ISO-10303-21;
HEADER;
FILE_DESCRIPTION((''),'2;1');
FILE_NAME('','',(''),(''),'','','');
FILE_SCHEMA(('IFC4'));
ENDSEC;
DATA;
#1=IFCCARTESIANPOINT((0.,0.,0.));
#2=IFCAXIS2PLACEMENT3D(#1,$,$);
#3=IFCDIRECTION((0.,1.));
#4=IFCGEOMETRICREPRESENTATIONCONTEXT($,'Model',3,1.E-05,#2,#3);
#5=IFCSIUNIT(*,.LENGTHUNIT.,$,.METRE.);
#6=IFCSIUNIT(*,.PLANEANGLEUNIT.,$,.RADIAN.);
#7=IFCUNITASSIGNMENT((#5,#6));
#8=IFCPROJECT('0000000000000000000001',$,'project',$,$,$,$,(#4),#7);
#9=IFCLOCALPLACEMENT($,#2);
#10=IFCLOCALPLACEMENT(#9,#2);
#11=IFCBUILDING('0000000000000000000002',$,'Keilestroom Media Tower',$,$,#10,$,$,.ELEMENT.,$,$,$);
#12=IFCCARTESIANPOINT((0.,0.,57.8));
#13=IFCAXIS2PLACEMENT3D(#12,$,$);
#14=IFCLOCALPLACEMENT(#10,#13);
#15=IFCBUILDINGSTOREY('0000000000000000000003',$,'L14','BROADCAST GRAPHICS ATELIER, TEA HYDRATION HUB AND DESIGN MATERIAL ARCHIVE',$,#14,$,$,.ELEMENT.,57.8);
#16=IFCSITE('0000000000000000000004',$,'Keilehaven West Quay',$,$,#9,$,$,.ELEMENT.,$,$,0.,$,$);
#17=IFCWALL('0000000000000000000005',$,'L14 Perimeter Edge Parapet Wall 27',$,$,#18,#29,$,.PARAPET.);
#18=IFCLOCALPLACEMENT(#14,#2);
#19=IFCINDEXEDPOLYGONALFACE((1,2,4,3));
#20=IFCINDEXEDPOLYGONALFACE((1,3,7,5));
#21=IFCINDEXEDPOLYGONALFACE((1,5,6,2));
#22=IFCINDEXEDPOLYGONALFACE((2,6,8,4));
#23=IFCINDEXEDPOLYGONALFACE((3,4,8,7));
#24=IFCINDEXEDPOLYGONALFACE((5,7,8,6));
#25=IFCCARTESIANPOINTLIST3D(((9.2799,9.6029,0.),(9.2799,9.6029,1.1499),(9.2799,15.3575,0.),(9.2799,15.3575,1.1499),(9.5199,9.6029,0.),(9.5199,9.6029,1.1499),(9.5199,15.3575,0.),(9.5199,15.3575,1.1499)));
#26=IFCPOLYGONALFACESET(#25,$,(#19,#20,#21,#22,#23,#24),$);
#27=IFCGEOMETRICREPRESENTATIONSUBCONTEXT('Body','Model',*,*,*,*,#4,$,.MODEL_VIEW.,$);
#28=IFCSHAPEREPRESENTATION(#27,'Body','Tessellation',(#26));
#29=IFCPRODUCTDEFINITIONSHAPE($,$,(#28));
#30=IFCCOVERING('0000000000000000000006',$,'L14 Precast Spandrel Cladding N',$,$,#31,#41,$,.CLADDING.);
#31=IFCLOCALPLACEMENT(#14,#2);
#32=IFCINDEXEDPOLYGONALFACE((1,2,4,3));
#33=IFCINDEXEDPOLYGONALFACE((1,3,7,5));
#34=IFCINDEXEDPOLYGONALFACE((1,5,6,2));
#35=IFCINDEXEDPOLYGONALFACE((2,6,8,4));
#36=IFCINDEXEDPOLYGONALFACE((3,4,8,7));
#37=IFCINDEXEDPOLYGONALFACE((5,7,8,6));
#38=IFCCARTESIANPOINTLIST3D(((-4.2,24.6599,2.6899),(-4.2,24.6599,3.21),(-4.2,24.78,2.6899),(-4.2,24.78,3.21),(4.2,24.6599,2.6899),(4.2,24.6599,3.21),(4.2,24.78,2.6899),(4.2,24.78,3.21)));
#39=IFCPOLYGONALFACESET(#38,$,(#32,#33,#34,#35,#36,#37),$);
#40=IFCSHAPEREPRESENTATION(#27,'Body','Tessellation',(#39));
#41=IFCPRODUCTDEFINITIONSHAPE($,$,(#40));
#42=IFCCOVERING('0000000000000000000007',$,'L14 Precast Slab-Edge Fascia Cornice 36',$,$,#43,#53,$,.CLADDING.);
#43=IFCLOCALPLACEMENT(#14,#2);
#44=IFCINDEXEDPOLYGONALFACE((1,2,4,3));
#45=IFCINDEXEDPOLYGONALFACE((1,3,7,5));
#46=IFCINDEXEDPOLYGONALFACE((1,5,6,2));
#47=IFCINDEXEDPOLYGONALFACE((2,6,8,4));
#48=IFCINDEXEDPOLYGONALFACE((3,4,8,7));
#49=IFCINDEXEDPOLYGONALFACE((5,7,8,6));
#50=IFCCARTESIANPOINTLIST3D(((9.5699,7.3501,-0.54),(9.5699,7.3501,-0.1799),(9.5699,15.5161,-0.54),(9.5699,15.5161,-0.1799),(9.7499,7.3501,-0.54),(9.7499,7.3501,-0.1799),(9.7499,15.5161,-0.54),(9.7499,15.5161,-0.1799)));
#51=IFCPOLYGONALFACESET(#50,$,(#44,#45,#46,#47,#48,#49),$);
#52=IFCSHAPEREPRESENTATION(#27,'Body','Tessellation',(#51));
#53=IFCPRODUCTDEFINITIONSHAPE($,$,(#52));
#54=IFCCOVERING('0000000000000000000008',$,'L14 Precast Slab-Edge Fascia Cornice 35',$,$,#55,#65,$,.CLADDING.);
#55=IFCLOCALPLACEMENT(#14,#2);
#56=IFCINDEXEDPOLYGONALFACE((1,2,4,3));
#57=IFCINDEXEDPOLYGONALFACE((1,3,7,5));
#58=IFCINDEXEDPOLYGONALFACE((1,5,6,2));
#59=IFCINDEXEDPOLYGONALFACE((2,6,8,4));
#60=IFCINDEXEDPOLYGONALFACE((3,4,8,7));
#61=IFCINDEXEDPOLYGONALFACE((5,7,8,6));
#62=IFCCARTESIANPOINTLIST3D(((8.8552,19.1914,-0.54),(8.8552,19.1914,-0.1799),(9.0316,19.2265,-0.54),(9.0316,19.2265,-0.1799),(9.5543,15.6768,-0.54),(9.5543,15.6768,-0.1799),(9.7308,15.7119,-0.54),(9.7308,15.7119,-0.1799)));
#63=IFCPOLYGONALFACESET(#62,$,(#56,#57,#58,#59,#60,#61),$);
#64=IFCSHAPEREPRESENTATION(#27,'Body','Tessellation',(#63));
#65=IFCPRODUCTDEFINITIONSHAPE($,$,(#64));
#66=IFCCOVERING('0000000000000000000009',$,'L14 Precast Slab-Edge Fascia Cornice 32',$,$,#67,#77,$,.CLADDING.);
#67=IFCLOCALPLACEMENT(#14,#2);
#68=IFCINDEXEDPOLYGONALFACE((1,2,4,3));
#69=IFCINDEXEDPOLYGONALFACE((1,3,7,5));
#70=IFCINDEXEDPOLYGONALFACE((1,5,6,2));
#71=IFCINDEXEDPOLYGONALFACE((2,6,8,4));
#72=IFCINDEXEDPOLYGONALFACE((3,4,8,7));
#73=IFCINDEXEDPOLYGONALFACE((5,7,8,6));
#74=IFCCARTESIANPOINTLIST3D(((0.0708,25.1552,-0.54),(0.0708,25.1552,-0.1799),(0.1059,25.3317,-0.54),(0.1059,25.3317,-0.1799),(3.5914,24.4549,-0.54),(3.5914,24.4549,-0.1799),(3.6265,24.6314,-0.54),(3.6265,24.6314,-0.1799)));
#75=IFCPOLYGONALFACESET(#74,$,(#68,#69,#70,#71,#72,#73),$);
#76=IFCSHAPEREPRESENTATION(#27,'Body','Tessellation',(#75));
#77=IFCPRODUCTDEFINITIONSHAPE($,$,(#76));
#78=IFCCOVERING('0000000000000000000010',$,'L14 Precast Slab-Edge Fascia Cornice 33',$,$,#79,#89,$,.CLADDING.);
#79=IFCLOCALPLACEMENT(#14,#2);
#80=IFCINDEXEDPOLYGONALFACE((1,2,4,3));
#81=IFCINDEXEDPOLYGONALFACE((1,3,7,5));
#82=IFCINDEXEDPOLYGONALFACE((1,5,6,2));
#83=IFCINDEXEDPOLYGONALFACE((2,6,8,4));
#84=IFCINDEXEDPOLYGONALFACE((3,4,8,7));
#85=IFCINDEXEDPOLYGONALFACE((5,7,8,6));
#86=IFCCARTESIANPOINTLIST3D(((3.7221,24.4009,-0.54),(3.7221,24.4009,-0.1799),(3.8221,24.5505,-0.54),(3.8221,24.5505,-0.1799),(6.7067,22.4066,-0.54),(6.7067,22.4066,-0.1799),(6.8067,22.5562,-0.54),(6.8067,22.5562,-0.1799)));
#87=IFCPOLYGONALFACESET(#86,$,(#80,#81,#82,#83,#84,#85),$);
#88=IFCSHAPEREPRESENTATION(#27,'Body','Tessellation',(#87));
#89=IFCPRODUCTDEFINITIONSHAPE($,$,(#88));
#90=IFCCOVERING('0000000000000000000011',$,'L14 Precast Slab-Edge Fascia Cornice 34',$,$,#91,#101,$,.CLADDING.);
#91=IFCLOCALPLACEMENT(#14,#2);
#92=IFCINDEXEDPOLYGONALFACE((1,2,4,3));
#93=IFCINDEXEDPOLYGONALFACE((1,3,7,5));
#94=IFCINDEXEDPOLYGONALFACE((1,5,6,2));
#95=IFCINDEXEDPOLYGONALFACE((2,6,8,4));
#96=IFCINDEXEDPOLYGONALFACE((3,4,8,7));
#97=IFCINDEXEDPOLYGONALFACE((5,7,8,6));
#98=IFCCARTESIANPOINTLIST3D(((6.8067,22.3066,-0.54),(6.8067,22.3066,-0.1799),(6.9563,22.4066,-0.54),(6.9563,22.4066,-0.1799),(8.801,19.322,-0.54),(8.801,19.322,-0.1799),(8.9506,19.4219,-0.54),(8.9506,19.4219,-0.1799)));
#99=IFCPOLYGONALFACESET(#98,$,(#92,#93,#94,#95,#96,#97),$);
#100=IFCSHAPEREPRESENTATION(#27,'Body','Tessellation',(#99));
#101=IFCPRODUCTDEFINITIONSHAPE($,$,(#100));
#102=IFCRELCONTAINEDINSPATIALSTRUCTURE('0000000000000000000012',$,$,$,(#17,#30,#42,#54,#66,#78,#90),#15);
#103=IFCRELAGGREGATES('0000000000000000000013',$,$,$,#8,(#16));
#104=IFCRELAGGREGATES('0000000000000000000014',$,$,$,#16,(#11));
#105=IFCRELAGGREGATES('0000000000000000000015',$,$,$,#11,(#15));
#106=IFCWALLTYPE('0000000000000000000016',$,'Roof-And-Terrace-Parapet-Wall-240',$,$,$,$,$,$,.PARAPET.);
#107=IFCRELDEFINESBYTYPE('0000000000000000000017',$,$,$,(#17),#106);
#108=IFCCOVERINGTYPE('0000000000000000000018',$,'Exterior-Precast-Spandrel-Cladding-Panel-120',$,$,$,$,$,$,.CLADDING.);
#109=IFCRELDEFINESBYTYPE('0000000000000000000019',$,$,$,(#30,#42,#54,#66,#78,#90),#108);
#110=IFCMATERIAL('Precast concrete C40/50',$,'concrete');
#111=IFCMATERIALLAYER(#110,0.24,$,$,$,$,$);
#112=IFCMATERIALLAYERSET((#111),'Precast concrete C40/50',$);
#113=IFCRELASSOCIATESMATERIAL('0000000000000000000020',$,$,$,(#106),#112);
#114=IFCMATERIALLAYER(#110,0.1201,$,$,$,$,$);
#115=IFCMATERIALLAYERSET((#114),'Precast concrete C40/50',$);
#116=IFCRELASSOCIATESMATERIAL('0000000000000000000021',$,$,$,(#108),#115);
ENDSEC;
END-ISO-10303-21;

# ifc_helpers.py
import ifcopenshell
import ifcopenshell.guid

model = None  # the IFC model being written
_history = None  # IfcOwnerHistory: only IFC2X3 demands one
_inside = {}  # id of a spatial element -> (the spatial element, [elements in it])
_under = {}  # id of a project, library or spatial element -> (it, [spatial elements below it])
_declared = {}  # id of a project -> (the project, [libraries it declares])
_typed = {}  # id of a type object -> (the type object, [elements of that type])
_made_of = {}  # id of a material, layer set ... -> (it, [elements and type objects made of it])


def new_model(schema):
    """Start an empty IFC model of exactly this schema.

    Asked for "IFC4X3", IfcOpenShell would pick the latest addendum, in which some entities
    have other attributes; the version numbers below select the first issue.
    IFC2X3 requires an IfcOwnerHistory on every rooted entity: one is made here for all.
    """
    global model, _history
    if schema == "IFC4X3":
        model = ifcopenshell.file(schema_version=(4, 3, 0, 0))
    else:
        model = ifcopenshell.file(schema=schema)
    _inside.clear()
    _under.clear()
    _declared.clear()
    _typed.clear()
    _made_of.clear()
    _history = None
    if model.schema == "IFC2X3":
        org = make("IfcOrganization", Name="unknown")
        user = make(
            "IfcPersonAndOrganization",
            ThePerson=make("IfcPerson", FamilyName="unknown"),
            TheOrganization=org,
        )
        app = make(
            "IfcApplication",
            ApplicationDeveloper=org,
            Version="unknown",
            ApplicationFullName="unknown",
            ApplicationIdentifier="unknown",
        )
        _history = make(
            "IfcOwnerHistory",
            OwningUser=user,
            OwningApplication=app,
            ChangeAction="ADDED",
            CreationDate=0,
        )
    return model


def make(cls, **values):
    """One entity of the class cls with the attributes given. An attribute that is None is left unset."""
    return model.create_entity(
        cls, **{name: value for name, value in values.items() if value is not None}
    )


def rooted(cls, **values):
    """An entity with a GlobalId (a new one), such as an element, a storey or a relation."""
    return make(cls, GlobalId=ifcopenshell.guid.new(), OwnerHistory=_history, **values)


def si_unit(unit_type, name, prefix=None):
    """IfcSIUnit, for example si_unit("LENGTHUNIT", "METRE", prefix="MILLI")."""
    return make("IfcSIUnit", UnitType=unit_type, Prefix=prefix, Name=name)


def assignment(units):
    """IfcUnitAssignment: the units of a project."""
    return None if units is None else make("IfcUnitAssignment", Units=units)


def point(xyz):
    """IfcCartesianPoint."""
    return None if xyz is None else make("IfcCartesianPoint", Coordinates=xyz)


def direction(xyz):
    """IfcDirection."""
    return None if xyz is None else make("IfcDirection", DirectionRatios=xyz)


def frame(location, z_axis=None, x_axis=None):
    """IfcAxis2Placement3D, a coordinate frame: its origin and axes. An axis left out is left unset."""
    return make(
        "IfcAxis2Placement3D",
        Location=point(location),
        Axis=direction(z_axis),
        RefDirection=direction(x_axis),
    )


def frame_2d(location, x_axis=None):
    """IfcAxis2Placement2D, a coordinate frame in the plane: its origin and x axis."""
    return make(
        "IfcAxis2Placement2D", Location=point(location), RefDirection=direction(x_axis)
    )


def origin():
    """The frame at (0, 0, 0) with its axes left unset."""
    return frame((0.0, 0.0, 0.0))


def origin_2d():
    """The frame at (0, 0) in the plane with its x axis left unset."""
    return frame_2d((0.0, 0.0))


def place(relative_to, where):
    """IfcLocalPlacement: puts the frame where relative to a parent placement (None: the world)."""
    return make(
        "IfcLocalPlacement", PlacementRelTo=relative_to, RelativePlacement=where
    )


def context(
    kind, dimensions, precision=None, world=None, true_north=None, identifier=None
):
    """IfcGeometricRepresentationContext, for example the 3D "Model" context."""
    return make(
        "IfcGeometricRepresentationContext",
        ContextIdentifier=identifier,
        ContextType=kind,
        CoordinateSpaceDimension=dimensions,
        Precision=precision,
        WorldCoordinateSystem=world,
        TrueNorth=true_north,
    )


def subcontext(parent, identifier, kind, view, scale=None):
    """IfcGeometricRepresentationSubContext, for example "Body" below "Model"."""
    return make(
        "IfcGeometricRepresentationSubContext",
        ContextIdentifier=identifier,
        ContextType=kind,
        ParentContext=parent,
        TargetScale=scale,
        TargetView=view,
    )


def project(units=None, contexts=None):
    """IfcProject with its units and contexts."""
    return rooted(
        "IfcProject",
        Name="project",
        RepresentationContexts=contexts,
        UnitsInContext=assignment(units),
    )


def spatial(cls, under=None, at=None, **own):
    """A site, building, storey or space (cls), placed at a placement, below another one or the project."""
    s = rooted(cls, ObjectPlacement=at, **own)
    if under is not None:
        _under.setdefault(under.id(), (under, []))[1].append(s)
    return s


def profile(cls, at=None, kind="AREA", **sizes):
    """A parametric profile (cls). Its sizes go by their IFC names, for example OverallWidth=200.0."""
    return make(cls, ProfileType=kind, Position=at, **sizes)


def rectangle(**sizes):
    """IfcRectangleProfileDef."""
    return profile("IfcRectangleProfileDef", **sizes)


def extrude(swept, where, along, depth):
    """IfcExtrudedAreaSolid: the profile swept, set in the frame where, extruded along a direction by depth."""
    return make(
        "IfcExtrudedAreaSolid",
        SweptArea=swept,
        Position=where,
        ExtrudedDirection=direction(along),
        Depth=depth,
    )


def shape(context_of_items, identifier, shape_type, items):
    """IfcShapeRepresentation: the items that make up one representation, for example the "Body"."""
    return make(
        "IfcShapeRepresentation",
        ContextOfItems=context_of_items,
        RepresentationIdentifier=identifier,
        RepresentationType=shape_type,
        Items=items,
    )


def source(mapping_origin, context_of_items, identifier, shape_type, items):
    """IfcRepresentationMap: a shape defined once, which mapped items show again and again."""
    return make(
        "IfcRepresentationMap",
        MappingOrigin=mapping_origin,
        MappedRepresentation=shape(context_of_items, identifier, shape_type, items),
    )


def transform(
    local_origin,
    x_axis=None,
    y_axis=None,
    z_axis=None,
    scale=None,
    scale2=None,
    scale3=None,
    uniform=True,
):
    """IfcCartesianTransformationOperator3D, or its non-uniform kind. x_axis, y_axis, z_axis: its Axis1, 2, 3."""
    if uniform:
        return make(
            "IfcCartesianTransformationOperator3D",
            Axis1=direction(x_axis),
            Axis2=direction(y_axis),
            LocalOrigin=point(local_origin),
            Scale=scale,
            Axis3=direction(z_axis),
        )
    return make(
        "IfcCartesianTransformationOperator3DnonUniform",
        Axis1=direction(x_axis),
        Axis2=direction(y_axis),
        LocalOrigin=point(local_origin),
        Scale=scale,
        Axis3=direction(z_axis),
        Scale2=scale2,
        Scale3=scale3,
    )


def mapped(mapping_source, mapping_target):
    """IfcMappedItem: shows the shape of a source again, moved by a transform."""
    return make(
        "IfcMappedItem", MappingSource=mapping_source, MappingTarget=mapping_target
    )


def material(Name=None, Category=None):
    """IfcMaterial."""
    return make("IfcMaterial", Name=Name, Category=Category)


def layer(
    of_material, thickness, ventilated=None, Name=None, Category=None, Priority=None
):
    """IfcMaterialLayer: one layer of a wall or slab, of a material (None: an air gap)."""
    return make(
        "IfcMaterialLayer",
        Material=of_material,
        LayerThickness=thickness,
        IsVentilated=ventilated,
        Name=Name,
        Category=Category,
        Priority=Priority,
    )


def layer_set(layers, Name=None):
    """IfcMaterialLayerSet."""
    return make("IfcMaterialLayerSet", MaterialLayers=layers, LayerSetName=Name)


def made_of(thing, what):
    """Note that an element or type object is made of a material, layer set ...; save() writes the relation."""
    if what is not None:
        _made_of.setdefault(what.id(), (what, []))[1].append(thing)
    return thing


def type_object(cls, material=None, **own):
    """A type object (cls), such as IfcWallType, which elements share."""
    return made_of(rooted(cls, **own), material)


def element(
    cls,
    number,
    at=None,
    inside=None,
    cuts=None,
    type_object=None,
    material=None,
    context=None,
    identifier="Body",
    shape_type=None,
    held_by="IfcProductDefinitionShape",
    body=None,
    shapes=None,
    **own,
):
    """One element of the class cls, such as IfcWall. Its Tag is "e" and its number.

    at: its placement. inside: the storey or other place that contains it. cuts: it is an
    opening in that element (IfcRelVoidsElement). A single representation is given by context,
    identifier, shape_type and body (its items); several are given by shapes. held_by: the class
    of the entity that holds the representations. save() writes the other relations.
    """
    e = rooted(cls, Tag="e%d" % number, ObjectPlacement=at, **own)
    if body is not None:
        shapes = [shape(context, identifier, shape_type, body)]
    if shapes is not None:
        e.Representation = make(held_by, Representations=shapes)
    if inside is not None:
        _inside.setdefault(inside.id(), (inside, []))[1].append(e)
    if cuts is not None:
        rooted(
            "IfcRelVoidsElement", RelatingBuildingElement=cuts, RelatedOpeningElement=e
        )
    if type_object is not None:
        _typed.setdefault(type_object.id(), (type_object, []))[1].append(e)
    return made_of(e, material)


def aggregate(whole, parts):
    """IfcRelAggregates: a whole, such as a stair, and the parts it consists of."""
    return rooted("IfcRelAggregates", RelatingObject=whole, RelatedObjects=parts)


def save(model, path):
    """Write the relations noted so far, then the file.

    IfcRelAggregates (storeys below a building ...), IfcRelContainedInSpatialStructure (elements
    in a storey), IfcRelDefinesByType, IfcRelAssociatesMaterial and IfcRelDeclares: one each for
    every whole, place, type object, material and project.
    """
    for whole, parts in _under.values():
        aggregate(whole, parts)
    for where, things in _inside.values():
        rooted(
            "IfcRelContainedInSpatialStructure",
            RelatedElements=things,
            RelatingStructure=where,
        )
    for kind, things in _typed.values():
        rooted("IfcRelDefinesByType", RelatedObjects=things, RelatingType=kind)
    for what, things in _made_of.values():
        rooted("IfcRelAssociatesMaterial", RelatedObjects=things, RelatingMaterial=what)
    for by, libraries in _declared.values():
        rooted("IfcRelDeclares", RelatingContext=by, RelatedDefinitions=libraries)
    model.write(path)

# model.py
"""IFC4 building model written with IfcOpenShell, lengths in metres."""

from ifc_helpers import new_model, si_unit, direction, frame, frame_2d, origin, origin_2d, place, context, subcontext, project, spatial, rectangle, extrude, source, transform, mapped, material, layer, layer_set, type_object, element, save


model = new_model("IFC4")

# Units and contexts
model_context = context("Model", 3, precision=1e-05, world=origin(), true_north=direction((0.0, 1.0)))
body_context = subcontext(model_context, "Body", "Model", "MODEL_VIEW")
ifc_project = project(units=[si_unit("LENGTHUNIT", "METRE"), si_unit("PLANEANGLEUNIT", "RADIAN")], contexts=[model_context])

# Site, building, storey
site_placement = place(None, origin())
site = spatial("IfcSite", under=ifc_project, at=site_placement, Name="Keilehaven West Quay", CompositionType="ELEMENT", RefElevation=0.0)
building_placement = place(site_placement, origin())
building = spatial("IfcBuilding", under=site, at=building_placement, Name="Keilestroom Media Tower", CompositionType="ELEMENT")
storey_placement = place(building_placement, frame((0.0, 0.0, 57.8)))
storey = spatial("IfcBuildingStorey", under=building, at=storey_placement, Name="L14", Description="BROADCAST GRAPHICS ATELIER, TEA HYDRATION HUB AND DESIGN MATERIAL ARCHIVE", CompositionType="ELEMENT", Elevation=57.8)

# Wall
ifc_material_1 = material(Name="Precast concrete C40/50", Category="concrete")
ifc_layer_1 = layer(ifc_material_1, 0.24)
ifc_layer_set_1 = layer_set([ifc_layer_1], Name="Precast concrete C40/50")
wall_type_1 = type_object("IfcWallType", Name="Roof-And-Terrace-Parapet-Wall-240", PredefinedType="PARAPET", material=ifc_layer_set_1)
wall_1_placement = place(storey_placement, frame((9.3999, 15.3577, 0.0), z_axis=(0.0, 0.0, 1.0), x_axis=(0.0, -1.0, 0.0)))
element("IfcWall", 1, at=wall_1_placement, inside=storey, type_object=wall_type_1, Name="L14 Perimeter Edge Parapet Wall 27", PredefinedType="PARAPET", context=body_context, shape_type="SweptSolid", body=[
    extrude(rectangle(XDim=5.7546, YDim=0.24, at=frame_2d((2.8774, 0.0))), origin(), (0.0, 0.0, 1.0), 1.1499),
])

# Coverings
ifc_layer_2 = layer(ifc_material_1, 0.1201)
ifc_layer_set_2 = layer_set([ifc_layer_2], Name="Precast concrete C40/50")
covering_type = type_object("IfcCoveringType", Name="Exterior-Precast-Spandrel-Cladding-Panel-120", PredefinedType="CLADDING", material=ifc_layer_set_2)
shared_shape_1 = source(origin(), body_context, "Body", "SweptSolid", [
    extrude(rectangle(XDim=8.3999, YDim=0.1201, at=origin_2d()), origin(), (0.0, 0.0, 1.0), 0.52),
])
covering_1_placement = place(storey_placement, frame((0.0, 24.72, 2.6899), z_axis=(0.0, 0.0, 1.0), x_axis=(1.0, 0.0, 0.0)))
element("IfcCovering", 2, at=covering_1_placement, inside=storey, type_object=covering_type, Name="L14 Precast Spandrel Cladding N", PredefinedType="CLADDING", context=body_context, shape_type="MappedRepresentation", body=[
    mapped(shared_shape_1, transform((0.0, 0.0, 0.0), x_axis=(1.0, 0.0, 0.0), y_axis=(0.0, 1.0, 0.0), z_axis=(0.0, 0.0, 1.0), scale=1.0)),
])
shared_shape_2 = source(origin(), body_context, "Body", "SweptSolid", [
    extrude(rectangle(XDim=8.166, YDim=0.1799, at=origin_2d()), origin(), (0.0, 0.0, 1.0), 0.3601),
])
covering_2_placement = place(storey_placement, frame((9.6599, 11.4331, -0.54), z_axis=(0.0, 0.0, 1.0), x_axis=(0.0, -1.0, 0.0)))
element("IfcCovering", 3, at=covering_2_placement, inside=storey, type_object=covering_type, Name="L14 Precast Slab-Edge Fascia Cornice 36", PredefinedType="CLADDING", context=body_context, shape_type="MappedRepresentation", body=[
    mapped(shared_shape_2, transform((0.0, 0.0, 0.0), x_axis=(1.0, 0.0, 0.0), y_axis=(0.0, 1.0, 0.0), z_axis=(0.0, 0.0, 1.0), scale=1.0)),
])
shared_shape_3 = source(origin(), body_context, "Body", "SweptSolid", [
    extrude(rectangle(XDim=3.5835, YDim=0.1799, at=origin_2d()), origin(), (0.0, 0.0, 1.0), 0.3601),
])
covering_3_placement = place(storey_placement, frame((9.293, 17.4517, -0.54), z_axis=(0.0, 0.0, 1.0), x_axis=(0.195099, -0.980784, 0.0)))
element("IfcCovering", 4, at=covering_3_placement, inside=storey, type_object=covering_type, Name="L14 Precast Slab-Edge Fascia Cornice 35", PredefinedType="CLADDING", context=body_context, shape_type="MappedRepresentation", body=[
    mapped(shared_shape_3, transform((0.0, 0.0, 0.0), x_axis=(1.0, 0.0, 0.0), y_axis=(0.0, 1.0, 0.0), z_axis=(0.0, 0.0, 1.0), scale=1.0)),
])
shared_shape_4 = source(origin(), body_context, "Body", "SweptSolid", [
    extrude(rectangle(XDim=3.5896, YDim=0.1799, at=origin_2d()), origin(), (0.0, 0.0, 1.0), 0.3601),
])
for number, where, z_axis, x_axis, name in (
    (5, (1.8486, 24.8933, -0.54), (0.0, 0.0, 1.0), (0.980784, -0.195099, 0.0), "L14 Precast Slab-Edge Fascia Cornice 32"),
    (6, (5.2644, 23.4785, -0.54), (0.0, 0.0, 1.0), (0.831467, -0.555575, 0.0), "L14 Precast Slab-Edge Fascia Cornice 33"),
    (7, (7.8787, 20.8643, -0.54), (0.0, 0.0, 1.0), (0.555575, -0.831467, 0.0), "L14 Precast Slab-Edge Fascia Cornice 34"),
):
    element("IfcCovering", number, at=place(storey_placement, frame(where, z_axis=z_axis, x_axis=x_axis)), inside=storey, type_object=covering_type, Name=name, PredefinedType="CLADDING", context=body_context, shape_type="MappedRepresentation", body=[
        mapped(shared_shape_4, transform((0.0, 0.0, 0.0), x_axis=(1.0, 0.0, 0.0), y_axis=(0.0, 1.0, 0.0), z_axis=(0.0, 0.0, 1.0), scale=1.0)),
    ])

save(model, "model.ifc")
